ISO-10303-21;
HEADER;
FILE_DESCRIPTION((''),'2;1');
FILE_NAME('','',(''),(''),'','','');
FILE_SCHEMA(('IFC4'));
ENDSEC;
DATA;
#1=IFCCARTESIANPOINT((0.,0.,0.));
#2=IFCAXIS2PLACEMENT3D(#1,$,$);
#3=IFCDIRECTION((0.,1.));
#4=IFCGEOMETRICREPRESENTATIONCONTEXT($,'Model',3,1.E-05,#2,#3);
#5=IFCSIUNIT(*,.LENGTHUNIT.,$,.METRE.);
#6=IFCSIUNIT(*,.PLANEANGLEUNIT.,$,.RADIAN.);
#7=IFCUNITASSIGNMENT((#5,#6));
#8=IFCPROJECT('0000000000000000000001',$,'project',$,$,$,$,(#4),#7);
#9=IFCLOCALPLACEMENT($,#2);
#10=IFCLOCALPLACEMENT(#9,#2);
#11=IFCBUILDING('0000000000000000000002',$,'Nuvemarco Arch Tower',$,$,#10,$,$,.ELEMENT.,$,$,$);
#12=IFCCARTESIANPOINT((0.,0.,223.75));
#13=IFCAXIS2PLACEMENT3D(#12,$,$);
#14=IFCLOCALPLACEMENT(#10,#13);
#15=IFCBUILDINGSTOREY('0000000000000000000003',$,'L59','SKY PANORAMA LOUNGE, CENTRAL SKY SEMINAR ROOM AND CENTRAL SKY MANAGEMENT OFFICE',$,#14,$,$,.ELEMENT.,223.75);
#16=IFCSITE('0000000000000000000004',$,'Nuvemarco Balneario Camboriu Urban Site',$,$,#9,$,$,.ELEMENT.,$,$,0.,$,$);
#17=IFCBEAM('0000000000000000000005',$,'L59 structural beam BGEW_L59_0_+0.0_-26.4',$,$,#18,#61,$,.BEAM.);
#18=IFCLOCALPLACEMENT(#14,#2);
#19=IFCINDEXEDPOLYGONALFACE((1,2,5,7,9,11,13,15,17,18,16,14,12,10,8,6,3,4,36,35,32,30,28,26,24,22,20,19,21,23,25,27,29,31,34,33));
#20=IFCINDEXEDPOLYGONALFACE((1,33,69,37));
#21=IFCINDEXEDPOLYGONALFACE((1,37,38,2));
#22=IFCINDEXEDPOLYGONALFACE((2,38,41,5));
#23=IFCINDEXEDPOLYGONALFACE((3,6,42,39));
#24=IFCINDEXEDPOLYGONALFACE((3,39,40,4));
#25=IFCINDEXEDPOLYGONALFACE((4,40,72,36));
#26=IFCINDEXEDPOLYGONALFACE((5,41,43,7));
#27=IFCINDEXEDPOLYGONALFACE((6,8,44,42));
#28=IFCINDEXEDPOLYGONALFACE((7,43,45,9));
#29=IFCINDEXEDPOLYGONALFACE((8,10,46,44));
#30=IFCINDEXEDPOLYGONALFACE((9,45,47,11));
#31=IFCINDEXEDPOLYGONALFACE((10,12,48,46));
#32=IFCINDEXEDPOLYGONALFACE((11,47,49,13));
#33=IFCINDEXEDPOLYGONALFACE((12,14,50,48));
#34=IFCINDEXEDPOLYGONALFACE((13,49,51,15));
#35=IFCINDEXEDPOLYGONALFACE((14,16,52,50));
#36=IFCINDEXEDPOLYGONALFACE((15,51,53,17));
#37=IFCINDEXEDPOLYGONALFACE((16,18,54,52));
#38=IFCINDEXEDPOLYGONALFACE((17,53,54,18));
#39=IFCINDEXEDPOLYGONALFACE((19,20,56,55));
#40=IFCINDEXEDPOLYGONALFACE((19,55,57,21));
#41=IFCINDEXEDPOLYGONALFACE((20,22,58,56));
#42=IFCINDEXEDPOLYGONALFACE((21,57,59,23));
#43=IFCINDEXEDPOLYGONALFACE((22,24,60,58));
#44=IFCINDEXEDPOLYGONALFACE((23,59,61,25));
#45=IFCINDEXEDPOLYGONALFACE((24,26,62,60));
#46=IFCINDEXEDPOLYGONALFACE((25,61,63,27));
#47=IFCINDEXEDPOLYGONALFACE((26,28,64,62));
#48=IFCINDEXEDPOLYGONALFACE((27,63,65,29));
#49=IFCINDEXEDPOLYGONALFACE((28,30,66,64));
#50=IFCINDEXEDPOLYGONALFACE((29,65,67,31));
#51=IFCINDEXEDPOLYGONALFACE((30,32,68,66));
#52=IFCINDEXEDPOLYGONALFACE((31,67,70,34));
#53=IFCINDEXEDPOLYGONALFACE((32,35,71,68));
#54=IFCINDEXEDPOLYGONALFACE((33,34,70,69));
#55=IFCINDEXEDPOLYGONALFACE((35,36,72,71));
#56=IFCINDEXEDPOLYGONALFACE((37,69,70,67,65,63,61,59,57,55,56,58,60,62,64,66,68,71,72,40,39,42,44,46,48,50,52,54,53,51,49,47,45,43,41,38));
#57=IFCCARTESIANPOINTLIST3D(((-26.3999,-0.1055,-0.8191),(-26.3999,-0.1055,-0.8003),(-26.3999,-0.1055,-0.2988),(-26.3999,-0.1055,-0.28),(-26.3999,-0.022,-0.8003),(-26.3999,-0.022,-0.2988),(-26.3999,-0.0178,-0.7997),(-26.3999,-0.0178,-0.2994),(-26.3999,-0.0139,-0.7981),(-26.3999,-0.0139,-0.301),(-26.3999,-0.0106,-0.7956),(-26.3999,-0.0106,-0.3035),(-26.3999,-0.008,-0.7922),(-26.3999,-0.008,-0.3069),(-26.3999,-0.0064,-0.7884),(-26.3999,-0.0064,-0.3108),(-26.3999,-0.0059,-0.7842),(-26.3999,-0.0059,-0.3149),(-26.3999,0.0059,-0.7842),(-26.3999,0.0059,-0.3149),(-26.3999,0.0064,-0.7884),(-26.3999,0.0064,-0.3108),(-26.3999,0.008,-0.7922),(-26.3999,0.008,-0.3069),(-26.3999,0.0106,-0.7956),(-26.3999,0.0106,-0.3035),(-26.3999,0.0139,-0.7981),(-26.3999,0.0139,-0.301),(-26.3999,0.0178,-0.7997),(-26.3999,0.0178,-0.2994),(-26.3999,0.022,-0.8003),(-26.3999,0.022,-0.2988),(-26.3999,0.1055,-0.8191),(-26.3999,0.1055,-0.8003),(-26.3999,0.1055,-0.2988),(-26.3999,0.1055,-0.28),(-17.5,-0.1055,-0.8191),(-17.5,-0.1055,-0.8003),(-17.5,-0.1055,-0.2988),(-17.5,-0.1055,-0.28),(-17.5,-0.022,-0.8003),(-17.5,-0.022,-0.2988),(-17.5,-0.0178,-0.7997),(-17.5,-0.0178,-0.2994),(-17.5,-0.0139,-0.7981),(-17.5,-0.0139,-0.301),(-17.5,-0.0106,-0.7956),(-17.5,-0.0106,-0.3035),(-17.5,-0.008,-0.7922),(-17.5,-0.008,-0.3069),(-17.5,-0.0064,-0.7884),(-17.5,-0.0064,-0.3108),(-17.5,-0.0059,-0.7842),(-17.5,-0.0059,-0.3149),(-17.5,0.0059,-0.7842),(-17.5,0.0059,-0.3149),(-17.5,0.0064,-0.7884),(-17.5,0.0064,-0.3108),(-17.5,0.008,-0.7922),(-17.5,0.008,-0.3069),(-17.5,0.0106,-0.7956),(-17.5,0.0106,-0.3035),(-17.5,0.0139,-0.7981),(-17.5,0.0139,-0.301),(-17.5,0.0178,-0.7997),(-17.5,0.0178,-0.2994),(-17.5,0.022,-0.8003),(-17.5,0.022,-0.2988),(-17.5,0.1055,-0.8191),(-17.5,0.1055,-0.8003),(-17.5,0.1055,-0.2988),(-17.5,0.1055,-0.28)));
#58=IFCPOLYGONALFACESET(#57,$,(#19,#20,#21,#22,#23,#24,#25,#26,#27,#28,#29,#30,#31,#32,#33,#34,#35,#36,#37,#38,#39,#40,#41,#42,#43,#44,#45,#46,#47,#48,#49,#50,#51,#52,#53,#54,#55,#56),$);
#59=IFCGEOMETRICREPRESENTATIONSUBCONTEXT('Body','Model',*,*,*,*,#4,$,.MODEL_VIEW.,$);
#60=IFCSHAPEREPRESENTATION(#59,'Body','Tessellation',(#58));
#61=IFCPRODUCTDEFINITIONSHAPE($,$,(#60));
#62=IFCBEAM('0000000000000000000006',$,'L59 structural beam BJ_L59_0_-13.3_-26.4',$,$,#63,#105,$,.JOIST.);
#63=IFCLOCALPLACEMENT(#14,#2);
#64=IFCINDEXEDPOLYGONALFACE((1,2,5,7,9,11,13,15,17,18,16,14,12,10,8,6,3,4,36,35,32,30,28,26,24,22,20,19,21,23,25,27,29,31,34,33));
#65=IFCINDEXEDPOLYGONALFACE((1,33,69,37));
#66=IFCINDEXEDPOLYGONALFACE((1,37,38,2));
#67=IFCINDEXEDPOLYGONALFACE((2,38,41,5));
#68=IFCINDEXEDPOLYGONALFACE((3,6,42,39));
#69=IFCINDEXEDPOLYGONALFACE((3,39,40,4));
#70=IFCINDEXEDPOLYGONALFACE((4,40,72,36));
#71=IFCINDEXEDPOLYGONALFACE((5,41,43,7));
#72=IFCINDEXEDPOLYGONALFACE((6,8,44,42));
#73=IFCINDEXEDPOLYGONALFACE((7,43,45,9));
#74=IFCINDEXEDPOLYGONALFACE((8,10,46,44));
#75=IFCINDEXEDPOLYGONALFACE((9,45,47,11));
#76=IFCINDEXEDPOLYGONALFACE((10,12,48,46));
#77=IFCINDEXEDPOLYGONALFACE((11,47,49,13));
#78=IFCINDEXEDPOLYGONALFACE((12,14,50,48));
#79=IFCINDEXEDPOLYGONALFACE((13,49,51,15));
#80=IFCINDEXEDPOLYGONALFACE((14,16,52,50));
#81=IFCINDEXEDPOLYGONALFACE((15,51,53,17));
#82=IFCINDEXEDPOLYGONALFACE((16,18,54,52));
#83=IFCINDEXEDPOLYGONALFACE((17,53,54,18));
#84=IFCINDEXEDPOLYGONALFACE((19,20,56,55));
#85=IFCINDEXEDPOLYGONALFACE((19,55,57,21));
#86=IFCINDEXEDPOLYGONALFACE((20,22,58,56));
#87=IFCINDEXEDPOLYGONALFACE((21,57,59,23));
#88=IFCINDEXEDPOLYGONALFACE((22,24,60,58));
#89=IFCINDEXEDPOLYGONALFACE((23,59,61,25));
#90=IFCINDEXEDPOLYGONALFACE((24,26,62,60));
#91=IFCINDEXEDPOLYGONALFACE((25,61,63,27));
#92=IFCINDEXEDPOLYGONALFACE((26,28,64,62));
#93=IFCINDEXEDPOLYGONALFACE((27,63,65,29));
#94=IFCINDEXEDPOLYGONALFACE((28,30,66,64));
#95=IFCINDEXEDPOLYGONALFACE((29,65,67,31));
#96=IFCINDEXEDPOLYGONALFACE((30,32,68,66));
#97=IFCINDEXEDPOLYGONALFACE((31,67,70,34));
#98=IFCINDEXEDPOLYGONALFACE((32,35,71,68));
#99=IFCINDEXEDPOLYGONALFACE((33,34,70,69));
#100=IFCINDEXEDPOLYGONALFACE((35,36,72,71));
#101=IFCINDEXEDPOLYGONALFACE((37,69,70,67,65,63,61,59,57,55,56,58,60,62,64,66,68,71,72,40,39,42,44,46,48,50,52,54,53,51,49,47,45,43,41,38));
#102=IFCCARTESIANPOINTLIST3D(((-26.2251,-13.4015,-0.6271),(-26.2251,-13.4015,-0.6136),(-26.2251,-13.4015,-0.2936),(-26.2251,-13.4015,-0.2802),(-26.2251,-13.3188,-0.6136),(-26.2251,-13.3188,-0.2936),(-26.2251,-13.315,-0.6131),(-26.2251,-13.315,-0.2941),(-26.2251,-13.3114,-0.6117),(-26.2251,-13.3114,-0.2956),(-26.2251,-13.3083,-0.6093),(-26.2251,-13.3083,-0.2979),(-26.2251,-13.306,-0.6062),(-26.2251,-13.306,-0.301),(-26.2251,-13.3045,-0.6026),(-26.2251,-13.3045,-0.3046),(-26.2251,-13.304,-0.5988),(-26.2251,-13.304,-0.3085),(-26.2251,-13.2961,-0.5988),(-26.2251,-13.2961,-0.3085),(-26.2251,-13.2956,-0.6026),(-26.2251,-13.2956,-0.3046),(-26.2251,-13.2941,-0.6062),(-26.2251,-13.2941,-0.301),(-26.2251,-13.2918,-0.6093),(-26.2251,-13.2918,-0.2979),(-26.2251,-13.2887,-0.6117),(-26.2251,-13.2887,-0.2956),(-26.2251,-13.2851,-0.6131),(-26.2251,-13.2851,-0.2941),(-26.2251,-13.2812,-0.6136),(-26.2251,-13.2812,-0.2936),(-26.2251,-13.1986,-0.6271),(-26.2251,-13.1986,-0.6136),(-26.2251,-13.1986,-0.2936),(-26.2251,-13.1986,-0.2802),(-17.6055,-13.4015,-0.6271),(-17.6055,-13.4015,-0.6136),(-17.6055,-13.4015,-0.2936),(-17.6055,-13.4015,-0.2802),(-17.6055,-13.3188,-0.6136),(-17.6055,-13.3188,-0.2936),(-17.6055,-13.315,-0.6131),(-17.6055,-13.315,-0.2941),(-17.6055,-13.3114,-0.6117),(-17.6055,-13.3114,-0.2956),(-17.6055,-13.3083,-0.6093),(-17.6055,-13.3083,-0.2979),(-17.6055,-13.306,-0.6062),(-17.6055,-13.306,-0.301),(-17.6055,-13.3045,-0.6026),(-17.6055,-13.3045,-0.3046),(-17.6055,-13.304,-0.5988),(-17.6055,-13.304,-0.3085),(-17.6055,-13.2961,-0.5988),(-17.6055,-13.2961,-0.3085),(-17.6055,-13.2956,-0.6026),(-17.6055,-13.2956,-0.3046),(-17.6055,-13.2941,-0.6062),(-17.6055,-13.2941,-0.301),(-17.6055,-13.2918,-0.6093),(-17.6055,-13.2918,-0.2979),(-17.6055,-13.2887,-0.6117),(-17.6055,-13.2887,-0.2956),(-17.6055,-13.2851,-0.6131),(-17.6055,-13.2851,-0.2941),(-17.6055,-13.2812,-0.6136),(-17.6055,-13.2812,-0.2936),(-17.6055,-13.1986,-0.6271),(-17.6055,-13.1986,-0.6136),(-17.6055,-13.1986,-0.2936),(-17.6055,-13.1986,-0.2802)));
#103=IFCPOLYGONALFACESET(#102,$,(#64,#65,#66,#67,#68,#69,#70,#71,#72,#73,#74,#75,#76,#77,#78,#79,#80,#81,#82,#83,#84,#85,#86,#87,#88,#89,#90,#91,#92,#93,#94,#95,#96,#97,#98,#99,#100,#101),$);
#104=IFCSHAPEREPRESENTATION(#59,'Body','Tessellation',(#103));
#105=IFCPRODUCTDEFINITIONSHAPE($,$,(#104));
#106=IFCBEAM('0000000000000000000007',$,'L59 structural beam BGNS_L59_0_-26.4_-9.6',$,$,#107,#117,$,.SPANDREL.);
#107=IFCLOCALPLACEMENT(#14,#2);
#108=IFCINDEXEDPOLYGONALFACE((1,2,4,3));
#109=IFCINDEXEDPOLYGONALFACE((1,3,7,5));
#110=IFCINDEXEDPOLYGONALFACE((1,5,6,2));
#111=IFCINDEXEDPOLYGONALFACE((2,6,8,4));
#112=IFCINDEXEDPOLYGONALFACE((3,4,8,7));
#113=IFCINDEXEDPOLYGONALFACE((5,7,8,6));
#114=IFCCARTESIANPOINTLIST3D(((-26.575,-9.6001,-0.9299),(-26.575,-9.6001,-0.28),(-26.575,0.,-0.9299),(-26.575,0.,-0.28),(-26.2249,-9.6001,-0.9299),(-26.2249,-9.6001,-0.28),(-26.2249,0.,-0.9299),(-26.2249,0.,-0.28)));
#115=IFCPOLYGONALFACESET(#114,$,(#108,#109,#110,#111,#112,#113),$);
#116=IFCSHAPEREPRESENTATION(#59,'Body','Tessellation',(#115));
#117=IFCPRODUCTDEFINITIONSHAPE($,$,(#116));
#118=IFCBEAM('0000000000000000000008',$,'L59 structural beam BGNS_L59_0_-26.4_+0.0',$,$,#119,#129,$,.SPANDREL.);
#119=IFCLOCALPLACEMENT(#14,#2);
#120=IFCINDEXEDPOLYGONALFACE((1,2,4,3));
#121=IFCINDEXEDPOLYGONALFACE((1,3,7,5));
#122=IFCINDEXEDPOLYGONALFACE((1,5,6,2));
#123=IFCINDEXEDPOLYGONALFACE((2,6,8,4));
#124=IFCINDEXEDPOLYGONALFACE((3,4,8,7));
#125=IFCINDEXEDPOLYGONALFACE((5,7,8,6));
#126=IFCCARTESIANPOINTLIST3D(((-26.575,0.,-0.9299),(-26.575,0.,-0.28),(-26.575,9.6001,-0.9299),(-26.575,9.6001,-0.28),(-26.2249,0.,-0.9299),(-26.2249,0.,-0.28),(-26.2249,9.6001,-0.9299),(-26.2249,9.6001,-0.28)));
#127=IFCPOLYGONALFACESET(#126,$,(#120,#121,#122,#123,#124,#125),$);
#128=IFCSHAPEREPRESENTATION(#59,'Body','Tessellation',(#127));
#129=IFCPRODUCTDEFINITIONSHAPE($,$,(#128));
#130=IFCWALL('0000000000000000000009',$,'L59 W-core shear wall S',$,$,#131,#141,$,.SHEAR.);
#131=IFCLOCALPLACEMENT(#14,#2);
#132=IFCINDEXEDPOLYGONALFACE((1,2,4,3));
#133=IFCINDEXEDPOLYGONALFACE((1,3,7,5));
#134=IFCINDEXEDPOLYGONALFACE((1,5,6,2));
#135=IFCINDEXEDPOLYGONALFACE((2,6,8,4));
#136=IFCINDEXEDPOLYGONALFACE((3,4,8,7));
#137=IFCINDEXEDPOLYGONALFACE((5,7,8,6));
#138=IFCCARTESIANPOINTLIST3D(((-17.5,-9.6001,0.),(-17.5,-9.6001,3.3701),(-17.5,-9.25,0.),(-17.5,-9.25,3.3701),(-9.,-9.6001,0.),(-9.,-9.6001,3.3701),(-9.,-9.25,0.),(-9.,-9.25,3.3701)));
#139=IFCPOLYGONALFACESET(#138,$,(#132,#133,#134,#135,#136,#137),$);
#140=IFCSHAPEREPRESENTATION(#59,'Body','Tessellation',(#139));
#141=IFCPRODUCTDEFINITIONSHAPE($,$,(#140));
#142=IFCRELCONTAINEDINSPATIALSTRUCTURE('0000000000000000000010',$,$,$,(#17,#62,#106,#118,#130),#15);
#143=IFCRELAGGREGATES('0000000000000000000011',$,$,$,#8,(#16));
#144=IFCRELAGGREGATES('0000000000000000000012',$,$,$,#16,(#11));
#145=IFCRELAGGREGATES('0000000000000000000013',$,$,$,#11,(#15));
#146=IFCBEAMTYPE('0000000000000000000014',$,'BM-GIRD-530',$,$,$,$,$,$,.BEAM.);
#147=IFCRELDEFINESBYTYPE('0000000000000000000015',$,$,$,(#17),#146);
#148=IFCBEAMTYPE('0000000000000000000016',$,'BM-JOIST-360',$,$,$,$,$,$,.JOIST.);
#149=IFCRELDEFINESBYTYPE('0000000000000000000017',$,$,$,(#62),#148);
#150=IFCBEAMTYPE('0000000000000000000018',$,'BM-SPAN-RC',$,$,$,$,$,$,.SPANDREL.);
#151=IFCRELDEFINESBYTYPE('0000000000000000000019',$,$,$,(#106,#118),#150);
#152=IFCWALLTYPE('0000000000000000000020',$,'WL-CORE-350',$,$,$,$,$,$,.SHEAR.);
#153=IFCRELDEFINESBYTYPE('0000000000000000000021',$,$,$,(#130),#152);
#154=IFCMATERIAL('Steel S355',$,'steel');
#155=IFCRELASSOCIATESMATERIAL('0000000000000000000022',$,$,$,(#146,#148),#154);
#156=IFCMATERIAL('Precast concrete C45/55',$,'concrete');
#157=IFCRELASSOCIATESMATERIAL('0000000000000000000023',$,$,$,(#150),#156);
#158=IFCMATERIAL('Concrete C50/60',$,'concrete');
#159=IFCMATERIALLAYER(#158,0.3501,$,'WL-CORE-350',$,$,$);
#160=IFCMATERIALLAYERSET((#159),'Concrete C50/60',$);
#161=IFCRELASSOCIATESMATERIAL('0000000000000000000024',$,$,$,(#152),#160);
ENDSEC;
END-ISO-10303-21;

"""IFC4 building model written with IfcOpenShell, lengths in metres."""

from ifc_helpers import new_model, si_unit, direction, frame, frame_2d, origin, origin_2d, place, context, subcontext, project, spatial, rectangle, i_section, extrude, material, layer, layer_set, material_profile, profile_set, type_object, element, save


model = new_model("IFC4")

# Units and contexts
model_context = context("Model", 3, precision=1e-05, world=origin(), true_north=direction((0.0, 1.0)))
body_context = subcontext(model_context, "Body", "Model", "MODEL_VIEW")
ifc_project = project(units=[si_unit("LENGTHUNIT", "METRE"), si_unit("PLANEANGLEUNIT", "RADIAN")], contexts=[model_context])

# Site, building, storey
site_placement = place(None, origin())
site = spatial("IfcSite", under=ifc_project, at=site_placement, Name="Nuvemarco Balneario Camboriu Urban Site", CompositionType="ELEMENT", RefElevation=0.0)
building_placement = place(site_placement, origin())
building = spatial("IfcBuilding", under=site, at=building_placement, Name="Nuvemarco Arch Tower", CompositionType="ELEMENT")
storey_placement = place(building_placement, frame((0.0, 0.0, 223.75)))
storey = spatial("IfcBuildingStorey", under=building, at=storey_placement, Name="L59", Description="SKY PANORAMA LOUNGE, CENTRAL SKY SEMINAR ROOM AND CENTRAL SKY MANAGEMENT OFFICE", CompositionType="ELEMENT", Elevation=223.75)

# Shared definitions
ifc_material_1 = material(Name="Concrete C50/60", Category="concrete")
ifc_material_2 = material(Name="Steel S355", Category="steel")

# Beams
ifc_material_profile_1 = material_profile(ifc_material_2, i_section(OverallWidth=0.2109, OverallDepth=0.5391, WebThickness=0.0117, FlangeThickness=0.0188, FilletRadius=0.0161, at=origin_2d()), Name="W530x109")
ifc_profile_set_1 = profile_set([ifc_material_profile_1], Name="Steel S355")
beam_type_1 = type_object("IfcBeamType", Name="BM-GIRD-530", PredefinedType="BEAM", material=ifc_profile_set_1)
beam_1_placement = place(storey_placement, frame((-26.3999, 0.0, -0.5496), z_axis=(1.0, 0.0, 0.0), x_axis=(0.0, 1.0, 0.0)))
element("IfcBeam", 1, at=beam_1_placement, inside=storey, type_object=beam_type_1, Name="L59 structural beam BGEW_L59_0_+0.0_-26.4", PredefinedType="BEAM", context=body_context, shape_type="SweptSolid", body=[
    extrude(i_section(OverallWidth=0.2109, OverallDepth=0.5391, WebThickness=0.0117, FlangeThickness=0.0188, FilletRadius=0.0161, at=origin_2d()), origin(), (0.0, 0.0, 1.0), 8.8999),
])
ifc_material_profile_2 = material_profile(ifc_material_2, i_section(OverallWidth=0.2029, OverallDepth=0.3469, WebThickness=0.0078, FlangeThickness=0.0134, FilletRadius=0.0149, at=origin_2d()), Name="W360x64")
ifc_profile_set_2 = profile_set([ifc_material_profile_2], Name="Steel S355")
beam_type_2 = type_object("IfcBeamType", Name="BM-JOIST-360", PredefinedType="JOIST", material=ifc_profile_set_2)
beam_2_placement = place(storey_placement, frame((-26.2251, -13.3, -0.4536), z_axis=(1.0, 0.0, 0.0), x_axis=(0.0, 1.0, 0.0)))
element("IfcBeam", 2, at=beam_2_placement, inside=storey, type_object=beam_type_2, Name="L59 structural beam BJ_L59_0_-13.3_-26.4", PredefinedType="JOIST", context=body_context, shape_type="SweptSolid", body=[
    extrude(i_section(OverallWidth=0.2029, OverallDepth=0.3469, WebThickness=0.0078, FlangeThickness=0.0134, FilletRadius=0.0149, at=origin_2d()), origin(), (0.0, 0.0, 1.0), 8.6196),
])
ifc_material_3 = material(Name="Precast concrete C45/55", Category="concrete")
ifc_material_profile_3 = material_profile(ifc_material_3, rectangle(XDim=0.3501, YDim=0.6499, at=origin_2d()), Name="PC-SP-350x650")
ifc_profile_set_3 = profile_set([ifc_material_profile_3], Name="Precast concrete C45/55")
beam_type_3 = type_object("IfcBeamType", Name="BM-SPAN-RC", PredefinedType="SPANDREL", material=ifc_profile_set_3)
for number, where, z_axis, x_axis, name in (
    (3, (-26.3999, -9.6001, -0.605), (0.0, 1.0, 0.0), (-1.0, 0.0, 0.0), "L59 structural beam BGNS_L59_0_-26.4_-9.6"),
    (4, (-26.3999, 0.0, -0.605), (0.0, 1.0, 0.0), (-1.0, 0.0, 0.0), "L59 structural beam BGNS_L59_0_-26.4_+0.0"),
):
    element("IfcBeam", number, at=place(storey_placement, frame(where, z_axis=z_axis, x_axis=x_axis)), inside=storey, type_object=beam_type_3, Name=name, PredefinedType="SPANDREL", context=body_context, shape_type="SweptSolid", body=[
        extrude(rectangle(XDim=0.3501, YDim=0.6499, at=origin_2d()), origin(), (0.0, 0.0, 1.0), 9.6001),
    ])

# Wall
ifc_layer_1 = layer(ifc_material_1, 0.3501, Name="WL-CORE-350")
ifc_layer_set_1 = layer_set([ifc_layer_1], Name="Concrete C50/60")
wall_type_1 = type_object("IfcWallType", Name="WL-CORE-350", PredefinedType="SHEAR", material=ifc_layer_set_1)
wall_1_placement = place(storey_placement, frame((-17.5, -9.425, 0.0), z_axis=(0.0, 0.0, 1.0), x_axis=(1.0, 0.0, 0.0)))
element("IfcWall", 5, at=wall_1_placement, inside=storey, type_object=wall_type_1, Name="L59 W-core shear wall S", PredefinedType="SHEAR", context=body_context, shape_type="SweptSolid", body=[
    extrude(rectangle(XDim=8.5, YDim=0.3501, at=frame_2d((4.25, 0.0))), origin(), (0.0, 0.0, 1.0), 3.3701),
])

save(model, "model.ifc")
